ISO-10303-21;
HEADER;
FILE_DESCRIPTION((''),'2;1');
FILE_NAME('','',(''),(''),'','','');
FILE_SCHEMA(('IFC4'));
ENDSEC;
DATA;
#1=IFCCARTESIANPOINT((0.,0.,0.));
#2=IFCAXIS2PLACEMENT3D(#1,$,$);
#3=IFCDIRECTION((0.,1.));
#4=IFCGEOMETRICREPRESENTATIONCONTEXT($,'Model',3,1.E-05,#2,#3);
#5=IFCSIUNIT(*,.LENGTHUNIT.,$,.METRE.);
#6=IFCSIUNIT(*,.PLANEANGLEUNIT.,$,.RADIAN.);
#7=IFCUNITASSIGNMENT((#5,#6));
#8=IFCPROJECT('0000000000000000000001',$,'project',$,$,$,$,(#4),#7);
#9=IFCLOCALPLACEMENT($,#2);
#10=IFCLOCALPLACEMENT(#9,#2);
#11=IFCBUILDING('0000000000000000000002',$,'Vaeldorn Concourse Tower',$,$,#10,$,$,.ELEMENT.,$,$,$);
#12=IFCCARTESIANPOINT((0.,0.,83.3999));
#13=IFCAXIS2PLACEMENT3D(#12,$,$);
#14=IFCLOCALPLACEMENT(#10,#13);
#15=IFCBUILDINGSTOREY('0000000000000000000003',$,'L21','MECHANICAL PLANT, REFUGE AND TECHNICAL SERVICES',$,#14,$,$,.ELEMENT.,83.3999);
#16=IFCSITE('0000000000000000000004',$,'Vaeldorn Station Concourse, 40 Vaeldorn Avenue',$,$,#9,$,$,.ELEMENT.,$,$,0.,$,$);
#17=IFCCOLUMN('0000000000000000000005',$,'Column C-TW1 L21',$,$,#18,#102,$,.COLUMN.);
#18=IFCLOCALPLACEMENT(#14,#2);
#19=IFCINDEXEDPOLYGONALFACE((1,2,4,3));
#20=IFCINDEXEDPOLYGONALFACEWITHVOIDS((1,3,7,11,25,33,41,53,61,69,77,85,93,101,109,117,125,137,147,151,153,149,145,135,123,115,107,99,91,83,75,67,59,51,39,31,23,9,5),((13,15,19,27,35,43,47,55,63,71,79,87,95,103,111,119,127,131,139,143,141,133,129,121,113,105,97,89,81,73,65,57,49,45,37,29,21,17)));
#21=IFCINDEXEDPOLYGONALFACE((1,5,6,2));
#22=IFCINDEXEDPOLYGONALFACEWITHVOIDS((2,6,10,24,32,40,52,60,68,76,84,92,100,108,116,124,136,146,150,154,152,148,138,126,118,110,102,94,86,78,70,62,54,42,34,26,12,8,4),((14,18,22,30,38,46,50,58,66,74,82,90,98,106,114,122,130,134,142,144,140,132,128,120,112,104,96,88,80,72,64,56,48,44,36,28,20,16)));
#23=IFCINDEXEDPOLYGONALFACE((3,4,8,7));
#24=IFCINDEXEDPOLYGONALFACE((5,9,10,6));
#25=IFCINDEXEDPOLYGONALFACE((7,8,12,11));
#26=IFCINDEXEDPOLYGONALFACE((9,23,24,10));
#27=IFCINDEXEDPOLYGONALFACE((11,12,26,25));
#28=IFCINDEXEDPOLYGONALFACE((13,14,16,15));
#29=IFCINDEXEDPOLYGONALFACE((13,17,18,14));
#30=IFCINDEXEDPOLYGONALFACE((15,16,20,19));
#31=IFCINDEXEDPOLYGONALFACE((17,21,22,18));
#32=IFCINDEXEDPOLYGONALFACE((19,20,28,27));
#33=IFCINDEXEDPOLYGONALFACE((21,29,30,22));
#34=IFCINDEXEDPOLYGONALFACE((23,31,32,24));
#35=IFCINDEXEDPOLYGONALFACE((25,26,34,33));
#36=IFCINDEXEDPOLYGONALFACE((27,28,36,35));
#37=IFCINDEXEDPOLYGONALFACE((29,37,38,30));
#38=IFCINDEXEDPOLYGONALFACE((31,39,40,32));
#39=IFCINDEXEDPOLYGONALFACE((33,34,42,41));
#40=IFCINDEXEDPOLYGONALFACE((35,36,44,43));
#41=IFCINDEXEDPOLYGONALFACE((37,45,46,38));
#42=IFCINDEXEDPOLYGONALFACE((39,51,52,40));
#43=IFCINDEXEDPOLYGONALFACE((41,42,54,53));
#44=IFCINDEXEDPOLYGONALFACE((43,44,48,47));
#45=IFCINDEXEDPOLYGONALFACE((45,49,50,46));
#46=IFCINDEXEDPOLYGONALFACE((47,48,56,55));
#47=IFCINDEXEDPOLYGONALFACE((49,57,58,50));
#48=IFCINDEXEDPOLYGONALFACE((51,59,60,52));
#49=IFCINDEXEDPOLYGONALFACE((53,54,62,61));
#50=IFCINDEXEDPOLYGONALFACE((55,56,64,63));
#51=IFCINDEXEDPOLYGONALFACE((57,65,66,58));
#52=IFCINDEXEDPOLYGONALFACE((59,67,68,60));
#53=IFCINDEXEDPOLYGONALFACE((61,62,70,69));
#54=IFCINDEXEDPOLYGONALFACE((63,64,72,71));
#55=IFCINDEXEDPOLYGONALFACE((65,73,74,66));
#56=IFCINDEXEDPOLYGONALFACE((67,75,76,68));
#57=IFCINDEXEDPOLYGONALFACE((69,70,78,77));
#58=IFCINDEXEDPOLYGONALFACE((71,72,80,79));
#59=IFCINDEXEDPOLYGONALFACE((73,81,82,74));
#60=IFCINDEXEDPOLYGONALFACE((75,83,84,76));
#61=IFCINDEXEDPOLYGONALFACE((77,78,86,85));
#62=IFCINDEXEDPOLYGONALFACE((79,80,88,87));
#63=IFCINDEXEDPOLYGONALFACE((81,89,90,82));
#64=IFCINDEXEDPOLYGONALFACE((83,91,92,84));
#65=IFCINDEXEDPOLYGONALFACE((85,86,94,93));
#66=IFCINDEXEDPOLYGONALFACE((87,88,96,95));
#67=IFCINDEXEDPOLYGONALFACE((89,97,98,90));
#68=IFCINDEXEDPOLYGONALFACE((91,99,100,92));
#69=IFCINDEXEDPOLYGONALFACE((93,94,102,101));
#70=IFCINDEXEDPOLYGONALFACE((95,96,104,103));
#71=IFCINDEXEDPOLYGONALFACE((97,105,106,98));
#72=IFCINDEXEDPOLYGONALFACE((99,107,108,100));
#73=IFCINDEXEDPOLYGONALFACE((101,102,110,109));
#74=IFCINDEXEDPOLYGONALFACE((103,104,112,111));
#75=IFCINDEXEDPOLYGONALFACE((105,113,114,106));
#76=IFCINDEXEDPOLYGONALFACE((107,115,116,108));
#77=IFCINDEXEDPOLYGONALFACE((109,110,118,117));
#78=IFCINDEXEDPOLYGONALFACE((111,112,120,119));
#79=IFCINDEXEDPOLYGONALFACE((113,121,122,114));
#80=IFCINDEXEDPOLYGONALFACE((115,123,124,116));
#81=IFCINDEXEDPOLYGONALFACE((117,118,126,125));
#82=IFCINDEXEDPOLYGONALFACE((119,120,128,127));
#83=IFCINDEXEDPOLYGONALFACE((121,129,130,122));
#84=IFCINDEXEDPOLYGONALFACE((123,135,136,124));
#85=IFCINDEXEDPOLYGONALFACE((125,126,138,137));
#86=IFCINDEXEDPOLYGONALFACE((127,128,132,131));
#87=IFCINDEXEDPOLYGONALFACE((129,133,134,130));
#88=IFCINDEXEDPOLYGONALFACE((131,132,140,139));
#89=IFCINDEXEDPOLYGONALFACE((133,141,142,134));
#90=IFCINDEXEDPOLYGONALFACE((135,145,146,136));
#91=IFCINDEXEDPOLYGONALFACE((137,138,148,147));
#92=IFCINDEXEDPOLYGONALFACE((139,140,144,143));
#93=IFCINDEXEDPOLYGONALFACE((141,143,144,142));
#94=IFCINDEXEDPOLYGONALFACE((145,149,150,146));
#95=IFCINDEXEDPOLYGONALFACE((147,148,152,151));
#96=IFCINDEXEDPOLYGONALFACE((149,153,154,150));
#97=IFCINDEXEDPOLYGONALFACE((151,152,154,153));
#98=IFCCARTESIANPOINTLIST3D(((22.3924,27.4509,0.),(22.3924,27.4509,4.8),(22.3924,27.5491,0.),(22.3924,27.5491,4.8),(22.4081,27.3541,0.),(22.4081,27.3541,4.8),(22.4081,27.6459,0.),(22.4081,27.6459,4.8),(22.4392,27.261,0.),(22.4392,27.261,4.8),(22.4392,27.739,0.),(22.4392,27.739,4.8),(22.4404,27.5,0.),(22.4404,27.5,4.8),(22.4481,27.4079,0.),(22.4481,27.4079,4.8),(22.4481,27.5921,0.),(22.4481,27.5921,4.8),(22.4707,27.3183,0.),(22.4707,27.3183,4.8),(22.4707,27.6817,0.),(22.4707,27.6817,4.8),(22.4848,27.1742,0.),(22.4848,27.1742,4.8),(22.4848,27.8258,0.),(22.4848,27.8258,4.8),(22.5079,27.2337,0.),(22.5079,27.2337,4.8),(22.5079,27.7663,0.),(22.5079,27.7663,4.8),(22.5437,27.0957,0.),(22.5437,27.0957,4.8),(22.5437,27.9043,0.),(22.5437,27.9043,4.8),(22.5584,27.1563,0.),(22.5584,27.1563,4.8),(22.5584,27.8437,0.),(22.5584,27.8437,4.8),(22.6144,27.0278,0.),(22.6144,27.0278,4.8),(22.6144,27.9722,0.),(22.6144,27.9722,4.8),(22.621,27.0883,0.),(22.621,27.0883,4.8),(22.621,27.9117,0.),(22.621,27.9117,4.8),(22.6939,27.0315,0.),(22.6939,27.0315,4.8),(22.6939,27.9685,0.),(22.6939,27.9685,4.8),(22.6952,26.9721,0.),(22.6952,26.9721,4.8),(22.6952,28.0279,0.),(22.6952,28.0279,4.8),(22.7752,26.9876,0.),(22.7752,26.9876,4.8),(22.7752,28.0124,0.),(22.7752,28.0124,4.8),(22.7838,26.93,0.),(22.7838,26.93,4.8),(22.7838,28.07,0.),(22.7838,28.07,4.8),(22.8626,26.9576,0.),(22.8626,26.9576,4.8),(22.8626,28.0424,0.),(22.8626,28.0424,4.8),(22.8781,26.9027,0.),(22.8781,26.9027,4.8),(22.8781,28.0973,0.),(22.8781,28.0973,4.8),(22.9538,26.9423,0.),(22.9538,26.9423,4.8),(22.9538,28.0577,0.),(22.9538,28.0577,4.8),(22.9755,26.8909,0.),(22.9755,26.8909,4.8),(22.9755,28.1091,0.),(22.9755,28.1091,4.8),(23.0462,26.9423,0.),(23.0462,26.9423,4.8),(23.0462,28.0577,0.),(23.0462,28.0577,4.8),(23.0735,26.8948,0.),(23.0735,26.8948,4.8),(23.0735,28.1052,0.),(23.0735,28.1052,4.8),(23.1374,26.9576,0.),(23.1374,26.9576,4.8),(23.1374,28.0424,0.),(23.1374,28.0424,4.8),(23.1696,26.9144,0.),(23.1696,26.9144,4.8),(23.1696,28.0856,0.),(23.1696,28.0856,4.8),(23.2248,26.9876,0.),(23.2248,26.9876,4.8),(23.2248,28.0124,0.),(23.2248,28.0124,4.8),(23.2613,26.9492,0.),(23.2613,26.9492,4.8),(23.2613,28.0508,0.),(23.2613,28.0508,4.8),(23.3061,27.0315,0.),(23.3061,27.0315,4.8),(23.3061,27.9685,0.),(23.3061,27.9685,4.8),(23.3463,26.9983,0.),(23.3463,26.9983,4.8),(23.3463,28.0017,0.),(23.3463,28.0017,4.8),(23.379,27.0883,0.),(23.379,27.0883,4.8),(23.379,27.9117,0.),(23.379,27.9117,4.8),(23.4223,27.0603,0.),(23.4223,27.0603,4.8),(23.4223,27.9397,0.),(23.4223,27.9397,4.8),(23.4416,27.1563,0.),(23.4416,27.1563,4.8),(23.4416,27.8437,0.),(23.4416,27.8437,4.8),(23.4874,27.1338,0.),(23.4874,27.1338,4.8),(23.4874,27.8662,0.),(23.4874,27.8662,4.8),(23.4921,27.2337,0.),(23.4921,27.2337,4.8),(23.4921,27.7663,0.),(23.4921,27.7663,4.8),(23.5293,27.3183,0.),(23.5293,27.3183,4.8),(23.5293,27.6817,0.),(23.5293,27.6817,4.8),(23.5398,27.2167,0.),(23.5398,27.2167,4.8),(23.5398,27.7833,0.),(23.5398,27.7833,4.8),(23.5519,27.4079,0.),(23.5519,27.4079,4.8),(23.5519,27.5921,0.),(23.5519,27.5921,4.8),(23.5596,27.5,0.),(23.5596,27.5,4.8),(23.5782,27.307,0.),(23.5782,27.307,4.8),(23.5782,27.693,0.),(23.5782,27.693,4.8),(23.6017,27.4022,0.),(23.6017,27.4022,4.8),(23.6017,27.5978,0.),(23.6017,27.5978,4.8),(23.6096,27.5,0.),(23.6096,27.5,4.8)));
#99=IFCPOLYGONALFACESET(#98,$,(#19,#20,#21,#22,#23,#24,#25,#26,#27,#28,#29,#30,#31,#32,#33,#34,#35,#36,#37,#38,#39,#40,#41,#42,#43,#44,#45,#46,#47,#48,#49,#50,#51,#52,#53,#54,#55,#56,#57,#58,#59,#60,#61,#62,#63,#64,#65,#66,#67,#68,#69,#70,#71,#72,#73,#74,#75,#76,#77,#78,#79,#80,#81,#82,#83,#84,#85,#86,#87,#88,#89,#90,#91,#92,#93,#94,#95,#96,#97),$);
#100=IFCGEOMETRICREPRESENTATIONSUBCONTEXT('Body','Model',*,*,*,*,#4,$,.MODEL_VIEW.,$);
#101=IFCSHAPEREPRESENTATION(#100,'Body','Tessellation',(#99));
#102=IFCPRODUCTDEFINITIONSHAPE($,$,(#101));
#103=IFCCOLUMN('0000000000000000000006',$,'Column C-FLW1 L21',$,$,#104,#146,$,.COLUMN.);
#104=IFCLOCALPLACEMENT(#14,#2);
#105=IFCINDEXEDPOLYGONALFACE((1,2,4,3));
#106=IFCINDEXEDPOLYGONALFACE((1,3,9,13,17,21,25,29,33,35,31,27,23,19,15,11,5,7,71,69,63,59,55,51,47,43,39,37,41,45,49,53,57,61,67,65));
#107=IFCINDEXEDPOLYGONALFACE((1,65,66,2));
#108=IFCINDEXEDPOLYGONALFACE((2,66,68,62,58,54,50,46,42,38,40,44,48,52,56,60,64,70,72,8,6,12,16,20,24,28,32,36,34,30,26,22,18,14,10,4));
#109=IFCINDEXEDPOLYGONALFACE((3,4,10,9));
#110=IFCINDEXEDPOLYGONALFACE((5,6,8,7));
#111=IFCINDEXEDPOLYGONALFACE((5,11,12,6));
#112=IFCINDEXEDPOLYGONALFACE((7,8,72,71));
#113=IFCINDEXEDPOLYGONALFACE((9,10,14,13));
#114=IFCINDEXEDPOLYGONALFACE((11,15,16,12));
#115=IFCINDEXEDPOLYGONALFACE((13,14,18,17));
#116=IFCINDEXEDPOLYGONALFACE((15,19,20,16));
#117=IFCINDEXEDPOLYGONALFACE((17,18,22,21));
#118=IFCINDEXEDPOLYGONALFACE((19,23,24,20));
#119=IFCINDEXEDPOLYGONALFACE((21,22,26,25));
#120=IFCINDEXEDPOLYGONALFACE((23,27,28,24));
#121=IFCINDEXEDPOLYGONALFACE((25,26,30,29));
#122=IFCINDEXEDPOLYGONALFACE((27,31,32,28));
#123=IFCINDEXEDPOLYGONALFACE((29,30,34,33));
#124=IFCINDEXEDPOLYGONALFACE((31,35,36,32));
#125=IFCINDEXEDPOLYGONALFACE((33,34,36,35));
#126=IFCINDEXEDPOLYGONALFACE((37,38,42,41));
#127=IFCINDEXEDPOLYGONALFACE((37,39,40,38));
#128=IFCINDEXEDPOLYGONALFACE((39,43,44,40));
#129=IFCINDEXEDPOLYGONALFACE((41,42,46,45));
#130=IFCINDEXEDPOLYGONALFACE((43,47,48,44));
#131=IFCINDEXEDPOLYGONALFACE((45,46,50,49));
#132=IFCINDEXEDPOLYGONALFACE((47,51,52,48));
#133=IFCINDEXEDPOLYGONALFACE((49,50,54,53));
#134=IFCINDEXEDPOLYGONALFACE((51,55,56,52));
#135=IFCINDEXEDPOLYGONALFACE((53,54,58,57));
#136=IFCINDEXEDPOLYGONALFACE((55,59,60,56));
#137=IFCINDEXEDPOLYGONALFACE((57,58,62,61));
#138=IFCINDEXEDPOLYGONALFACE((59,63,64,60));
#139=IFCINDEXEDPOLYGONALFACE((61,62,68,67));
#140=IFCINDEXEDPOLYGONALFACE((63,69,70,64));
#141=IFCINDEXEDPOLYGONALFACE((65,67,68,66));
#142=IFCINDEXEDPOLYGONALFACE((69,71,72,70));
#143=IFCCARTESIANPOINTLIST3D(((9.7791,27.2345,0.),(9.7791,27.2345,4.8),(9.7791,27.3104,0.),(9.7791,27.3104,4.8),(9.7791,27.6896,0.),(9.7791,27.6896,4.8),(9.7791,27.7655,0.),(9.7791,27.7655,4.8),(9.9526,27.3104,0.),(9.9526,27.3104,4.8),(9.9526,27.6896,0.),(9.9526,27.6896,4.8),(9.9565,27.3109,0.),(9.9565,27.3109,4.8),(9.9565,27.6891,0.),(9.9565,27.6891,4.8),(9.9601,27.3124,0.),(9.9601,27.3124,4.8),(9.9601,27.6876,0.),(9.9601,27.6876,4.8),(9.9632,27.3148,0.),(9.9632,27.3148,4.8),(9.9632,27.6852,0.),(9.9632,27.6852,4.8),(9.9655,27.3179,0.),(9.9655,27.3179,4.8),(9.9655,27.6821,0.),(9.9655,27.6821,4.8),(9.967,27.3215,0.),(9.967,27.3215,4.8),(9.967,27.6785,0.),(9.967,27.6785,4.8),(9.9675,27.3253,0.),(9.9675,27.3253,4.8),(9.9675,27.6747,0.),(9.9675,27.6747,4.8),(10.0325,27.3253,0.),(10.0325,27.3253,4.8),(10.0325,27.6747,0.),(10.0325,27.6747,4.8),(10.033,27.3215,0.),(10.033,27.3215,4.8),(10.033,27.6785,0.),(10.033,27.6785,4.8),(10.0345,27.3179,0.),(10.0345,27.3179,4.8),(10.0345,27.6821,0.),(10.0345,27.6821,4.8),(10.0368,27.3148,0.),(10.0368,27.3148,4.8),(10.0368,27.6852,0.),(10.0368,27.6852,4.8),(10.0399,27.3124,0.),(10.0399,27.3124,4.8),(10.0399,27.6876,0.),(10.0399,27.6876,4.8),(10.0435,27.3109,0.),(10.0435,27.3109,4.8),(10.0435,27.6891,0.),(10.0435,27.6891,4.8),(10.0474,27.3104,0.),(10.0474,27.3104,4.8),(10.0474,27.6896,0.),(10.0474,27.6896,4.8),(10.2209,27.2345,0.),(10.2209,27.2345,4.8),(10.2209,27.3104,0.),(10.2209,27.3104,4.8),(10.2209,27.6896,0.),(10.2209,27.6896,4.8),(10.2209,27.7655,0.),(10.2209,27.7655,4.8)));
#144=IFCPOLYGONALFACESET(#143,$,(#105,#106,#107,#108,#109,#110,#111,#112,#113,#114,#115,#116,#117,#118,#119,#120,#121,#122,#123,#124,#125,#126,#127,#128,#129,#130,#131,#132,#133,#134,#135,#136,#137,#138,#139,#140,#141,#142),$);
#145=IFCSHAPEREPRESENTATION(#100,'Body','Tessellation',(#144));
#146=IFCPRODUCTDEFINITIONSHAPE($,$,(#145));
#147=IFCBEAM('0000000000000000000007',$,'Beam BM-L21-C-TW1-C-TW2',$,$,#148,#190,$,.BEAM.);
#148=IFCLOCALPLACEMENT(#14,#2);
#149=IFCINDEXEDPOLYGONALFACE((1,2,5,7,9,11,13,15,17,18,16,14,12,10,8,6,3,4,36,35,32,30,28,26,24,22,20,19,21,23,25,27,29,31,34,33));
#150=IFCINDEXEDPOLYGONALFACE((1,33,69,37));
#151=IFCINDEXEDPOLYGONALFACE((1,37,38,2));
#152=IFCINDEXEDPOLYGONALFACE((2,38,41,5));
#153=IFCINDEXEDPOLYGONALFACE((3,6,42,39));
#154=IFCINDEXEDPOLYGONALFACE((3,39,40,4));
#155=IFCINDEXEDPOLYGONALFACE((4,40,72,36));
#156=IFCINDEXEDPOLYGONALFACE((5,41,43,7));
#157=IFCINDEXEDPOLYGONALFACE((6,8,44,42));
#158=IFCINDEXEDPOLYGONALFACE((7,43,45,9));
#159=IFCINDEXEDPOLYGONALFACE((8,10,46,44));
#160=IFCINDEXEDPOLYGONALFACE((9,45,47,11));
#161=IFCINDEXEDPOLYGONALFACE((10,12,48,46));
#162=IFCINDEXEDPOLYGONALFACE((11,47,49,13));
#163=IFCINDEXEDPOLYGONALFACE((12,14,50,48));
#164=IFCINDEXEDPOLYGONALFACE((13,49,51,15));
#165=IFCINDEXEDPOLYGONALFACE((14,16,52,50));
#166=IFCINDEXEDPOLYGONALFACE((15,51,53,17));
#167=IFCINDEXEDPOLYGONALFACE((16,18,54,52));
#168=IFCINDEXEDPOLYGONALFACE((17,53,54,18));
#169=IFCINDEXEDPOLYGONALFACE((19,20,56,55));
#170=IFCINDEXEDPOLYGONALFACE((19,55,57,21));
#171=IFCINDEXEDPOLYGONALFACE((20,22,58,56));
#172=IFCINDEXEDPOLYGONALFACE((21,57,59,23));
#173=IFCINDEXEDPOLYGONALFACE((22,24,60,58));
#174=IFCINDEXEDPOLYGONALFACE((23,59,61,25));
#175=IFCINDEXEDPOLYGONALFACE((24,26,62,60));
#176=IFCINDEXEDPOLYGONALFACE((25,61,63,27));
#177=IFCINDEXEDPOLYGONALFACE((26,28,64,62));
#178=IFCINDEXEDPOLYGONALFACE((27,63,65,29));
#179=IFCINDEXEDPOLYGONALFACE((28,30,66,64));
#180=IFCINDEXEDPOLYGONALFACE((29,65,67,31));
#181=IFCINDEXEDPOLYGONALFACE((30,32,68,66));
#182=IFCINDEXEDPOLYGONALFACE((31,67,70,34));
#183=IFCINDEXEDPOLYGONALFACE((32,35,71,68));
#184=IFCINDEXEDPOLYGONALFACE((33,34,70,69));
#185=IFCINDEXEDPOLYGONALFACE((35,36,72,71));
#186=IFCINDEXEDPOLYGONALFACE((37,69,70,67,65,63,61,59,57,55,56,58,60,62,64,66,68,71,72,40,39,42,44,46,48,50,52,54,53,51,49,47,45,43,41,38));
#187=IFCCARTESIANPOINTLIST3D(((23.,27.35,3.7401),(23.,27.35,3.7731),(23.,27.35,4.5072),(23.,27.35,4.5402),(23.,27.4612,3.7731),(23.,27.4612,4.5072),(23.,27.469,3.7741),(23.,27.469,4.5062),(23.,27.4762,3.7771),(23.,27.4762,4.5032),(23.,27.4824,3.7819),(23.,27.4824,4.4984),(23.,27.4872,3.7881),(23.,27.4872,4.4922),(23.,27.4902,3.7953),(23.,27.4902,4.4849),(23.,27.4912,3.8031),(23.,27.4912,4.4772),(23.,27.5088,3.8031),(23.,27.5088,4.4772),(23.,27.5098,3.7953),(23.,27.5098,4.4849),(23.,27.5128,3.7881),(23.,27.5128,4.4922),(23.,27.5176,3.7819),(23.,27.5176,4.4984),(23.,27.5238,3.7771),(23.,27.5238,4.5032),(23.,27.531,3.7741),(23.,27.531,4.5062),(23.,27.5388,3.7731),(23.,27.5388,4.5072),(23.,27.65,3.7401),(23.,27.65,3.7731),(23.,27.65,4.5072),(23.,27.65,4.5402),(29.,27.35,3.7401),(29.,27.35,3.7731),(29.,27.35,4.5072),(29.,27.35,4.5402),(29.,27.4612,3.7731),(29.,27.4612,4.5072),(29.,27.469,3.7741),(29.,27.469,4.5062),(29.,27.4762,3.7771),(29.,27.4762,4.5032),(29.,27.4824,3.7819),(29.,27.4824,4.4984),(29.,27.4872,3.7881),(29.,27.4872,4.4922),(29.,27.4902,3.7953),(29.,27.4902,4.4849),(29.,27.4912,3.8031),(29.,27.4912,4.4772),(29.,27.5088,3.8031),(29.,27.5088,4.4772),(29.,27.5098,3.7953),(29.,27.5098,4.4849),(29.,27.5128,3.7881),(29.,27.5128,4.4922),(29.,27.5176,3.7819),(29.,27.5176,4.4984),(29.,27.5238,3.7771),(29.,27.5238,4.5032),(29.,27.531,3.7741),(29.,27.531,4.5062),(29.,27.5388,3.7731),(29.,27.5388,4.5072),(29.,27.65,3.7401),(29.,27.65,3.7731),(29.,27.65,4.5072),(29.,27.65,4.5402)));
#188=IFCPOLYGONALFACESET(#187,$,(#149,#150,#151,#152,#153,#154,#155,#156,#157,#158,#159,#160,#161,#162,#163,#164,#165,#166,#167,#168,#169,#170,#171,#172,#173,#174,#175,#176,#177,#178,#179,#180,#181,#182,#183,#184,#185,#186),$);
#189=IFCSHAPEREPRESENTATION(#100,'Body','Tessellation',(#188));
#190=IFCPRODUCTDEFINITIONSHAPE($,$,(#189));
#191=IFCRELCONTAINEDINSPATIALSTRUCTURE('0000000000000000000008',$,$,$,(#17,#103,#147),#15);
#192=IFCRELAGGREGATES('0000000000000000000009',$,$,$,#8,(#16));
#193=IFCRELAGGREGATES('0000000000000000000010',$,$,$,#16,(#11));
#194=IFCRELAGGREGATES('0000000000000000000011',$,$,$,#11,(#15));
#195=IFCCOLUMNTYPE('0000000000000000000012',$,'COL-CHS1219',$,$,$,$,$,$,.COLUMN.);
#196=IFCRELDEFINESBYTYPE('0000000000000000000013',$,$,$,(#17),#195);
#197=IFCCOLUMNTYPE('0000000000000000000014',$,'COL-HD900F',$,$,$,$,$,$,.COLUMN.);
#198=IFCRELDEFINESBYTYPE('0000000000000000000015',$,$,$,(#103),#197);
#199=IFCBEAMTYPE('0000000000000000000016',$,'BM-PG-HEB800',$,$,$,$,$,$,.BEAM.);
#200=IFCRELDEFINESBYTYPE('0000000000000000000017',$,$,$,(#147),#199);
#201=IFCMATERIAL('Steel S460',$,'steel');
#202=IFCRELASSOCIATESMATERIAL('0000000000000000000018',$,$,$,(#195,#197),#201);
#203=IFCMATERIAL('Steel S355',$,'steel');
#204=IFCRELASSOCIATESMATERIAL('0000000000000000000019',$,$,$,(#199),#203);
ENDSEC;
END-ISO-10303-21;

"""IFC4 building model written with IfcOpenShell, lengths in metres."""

from ifc_helpers import new_model, si_unit, direction, frame, origin, origin_2d, place, context, subcontext, project, spatial, hollow_circle, i_section, extrude, source, transform, mapped, material, material_profile, profile_set, type_object, element, save


model = new_model("IFC4")

# Units and contexts
model_context = context("Model", 3, precision=1e-05, world=origin(), true_north=direction((0.0, 1.0)))
body_context = subcontext(model_context, "Body", "Model", "MODEL_VIEW")
ifc_project = project(units=[si_unit("LENGTHUNIT", "METRE"), si_unit("PLANEANGLEUNIT", "RADIAN")], contexts=[model_context])

# Site, building, storey
site_placement = place(None, origin())
site = spatial("IfcSite", under=ifc_project, at=site_placement, Name="Vaeldorn Station Concourse, 40 Vaeldorn Avenue", CompositionType="ELEMENT", RefElevation=0.0)
building_placement = place(site_placement, origin())
building = spatial("IfcBuilding", under=site, at=building_placement, Name="Vaeldorn Concourse Tower", CompositionType="ELEMENT")
storey_placement = place(building_placement, frame((0.0, 0.0, 83.3999)))
storey = spatial("IfcBuildingStorey", under=building, at=storey_placement, Name="L21", Description="MECHANICAL PLANT, REFUGE AND TECHNICAL SERVICES", CompositionType="ELEMENT", Elevation=83.3999)

# Columns
ifc_material_1 = material(Name="Steel S460", Category="steel")
ifc_material_profile_1 = material_profile(ifc_material_1, hollow_circle(Radius=0.6096, WallThickness=0.05, at=origin_2d()), Name="CHS 1219x50")
ifc_profile_set_1 = profile_set([ifc_material_profile_1], Name="Steel S460")
column_type_1 = type_object("IfcColumnType", Name="COL-CHS1219", PredefinedType="COLUMN", material=ifc_profile_set_1)
shared_shape_1 = source(origin(), body_context, "Body", "SweptSolid", [
    extrude(hollow_circle(Radius=0.6096, WallThickness=0.05, at=origin_2d()), origin(), (0.0, 0.0, 1.0), 4.8),
])
column_1_placement = place(storey_placement, frame((23.0, 27.5, 0.0), z_axis=(0.0, 0.0, 1.0), x_axis=(1.0, 0.0, 0.0)))
element("IfcColumn", 1, at=column_1_placement, inside=storey, type_object=column_type_1, Name="Column C-TW1 L21", PredefinedType="COLUMN", context=body_context, shape_type="MappedRepresentation", body=[
    mapped(shared_shape_1, transform((0.0, 0.0, 0.0), scale=1.0)),
])
ifc_material_profile_2 = material_profile(ifc_material_1, i_section(OverallWidth=0.4419, OverallDepth=0.531, WebThickness=0.0649, FlangeThickness=0.0759, FilletRadius=0.0149, at=origin_2d()), Name="HD 400x900")
ifc_profile_set_2 = profile_set([ifc_material_profile_2], Name="Steel S460")
column_type_2 = type_object("IfcColumnType", Name="COL-HD900F", PredefinedType="COLUMN", material=ifc_profile_set_2)
shared_shape_2 = source(origin(), body_context, "Body", "SweptSolid", [
    extrude(i_section(OverallWidth=0.4419, OverallDepth=0.531, WebThickness=0.0649, FlangeThickness=0.0759, FilletRadius=0.0149, at=origin_2d()), origin(), (0.0, 0.0, 1.0), 4.8),
])
column_2_placement = place(storey_placement, frame((10.0, 27.5, 0.0), z_axis=(0.0, 0.0, 1.0), x_axis=(1.0, 0.0, 0.0)))
element("IfcColumn", 2, at=column_2_placement, inside=storey, type_object=column_type_2, Name="Column C-FLW1 L21", PredefinedType="COLUMN", context=body_context, shape_type="MappedRepresentation", body=[
    mapped(shared_shape_2, transform((0.0, 0.0, 0.0), scale=1.0)),
])

# Beam
ifc_material_2 = material(Name="Steel S355", Category="steel")
ifc_material_profile_3 = material_profile(ifc_material_2, i_section(OverallWidth=0.3, OverallDepth=0.8, WebThickness=0.0176, FlangeThickness=0.033, FilletRadius=0.03, at=origin_2d()), Name="HEB 800")
ifc_profile_set_3 = profile_set([ifc_material_profile_3], Name="Steel S355")
beam_type_1 = type_object("IfcBeamType", Name="BM-PG-HEB800", PredefinedType="BEAM", material=ifc_profile_set_3)
shared_shape_3 = source(origin(), body_context, "Body", "SweptSolid", [
    extrude(i_section(OverallWidth=0.3, OverallDepth=0.8, WebThickness=0.0176, FlangeThickness=0.033, FilletRadius=0.03, at=origin_2d()), origin(), (0.0, 0.0, 1.0), 6.0),
])
beam_1_placement = place(storey_placement, frame((23.0, 27.5, 4.1401), z_axis=(1.0, 0.0, 0.0), x_axis=(0.0, 1.0, 0.0)))
element("IfcBeam", 3, at=beam_1_placement, inside=storey, type_object=beam_type_1, Name="Beam BM-L21-C-TW1-C-TW2", PredefinedType="BEAM", context=body_context, shape_type="MappedRepresentation", body=[
    mapped(shared_shape_3, transform((0.0, 0.0, 0.0), scale=1.0)),
])

save(model, "model.ifc")
